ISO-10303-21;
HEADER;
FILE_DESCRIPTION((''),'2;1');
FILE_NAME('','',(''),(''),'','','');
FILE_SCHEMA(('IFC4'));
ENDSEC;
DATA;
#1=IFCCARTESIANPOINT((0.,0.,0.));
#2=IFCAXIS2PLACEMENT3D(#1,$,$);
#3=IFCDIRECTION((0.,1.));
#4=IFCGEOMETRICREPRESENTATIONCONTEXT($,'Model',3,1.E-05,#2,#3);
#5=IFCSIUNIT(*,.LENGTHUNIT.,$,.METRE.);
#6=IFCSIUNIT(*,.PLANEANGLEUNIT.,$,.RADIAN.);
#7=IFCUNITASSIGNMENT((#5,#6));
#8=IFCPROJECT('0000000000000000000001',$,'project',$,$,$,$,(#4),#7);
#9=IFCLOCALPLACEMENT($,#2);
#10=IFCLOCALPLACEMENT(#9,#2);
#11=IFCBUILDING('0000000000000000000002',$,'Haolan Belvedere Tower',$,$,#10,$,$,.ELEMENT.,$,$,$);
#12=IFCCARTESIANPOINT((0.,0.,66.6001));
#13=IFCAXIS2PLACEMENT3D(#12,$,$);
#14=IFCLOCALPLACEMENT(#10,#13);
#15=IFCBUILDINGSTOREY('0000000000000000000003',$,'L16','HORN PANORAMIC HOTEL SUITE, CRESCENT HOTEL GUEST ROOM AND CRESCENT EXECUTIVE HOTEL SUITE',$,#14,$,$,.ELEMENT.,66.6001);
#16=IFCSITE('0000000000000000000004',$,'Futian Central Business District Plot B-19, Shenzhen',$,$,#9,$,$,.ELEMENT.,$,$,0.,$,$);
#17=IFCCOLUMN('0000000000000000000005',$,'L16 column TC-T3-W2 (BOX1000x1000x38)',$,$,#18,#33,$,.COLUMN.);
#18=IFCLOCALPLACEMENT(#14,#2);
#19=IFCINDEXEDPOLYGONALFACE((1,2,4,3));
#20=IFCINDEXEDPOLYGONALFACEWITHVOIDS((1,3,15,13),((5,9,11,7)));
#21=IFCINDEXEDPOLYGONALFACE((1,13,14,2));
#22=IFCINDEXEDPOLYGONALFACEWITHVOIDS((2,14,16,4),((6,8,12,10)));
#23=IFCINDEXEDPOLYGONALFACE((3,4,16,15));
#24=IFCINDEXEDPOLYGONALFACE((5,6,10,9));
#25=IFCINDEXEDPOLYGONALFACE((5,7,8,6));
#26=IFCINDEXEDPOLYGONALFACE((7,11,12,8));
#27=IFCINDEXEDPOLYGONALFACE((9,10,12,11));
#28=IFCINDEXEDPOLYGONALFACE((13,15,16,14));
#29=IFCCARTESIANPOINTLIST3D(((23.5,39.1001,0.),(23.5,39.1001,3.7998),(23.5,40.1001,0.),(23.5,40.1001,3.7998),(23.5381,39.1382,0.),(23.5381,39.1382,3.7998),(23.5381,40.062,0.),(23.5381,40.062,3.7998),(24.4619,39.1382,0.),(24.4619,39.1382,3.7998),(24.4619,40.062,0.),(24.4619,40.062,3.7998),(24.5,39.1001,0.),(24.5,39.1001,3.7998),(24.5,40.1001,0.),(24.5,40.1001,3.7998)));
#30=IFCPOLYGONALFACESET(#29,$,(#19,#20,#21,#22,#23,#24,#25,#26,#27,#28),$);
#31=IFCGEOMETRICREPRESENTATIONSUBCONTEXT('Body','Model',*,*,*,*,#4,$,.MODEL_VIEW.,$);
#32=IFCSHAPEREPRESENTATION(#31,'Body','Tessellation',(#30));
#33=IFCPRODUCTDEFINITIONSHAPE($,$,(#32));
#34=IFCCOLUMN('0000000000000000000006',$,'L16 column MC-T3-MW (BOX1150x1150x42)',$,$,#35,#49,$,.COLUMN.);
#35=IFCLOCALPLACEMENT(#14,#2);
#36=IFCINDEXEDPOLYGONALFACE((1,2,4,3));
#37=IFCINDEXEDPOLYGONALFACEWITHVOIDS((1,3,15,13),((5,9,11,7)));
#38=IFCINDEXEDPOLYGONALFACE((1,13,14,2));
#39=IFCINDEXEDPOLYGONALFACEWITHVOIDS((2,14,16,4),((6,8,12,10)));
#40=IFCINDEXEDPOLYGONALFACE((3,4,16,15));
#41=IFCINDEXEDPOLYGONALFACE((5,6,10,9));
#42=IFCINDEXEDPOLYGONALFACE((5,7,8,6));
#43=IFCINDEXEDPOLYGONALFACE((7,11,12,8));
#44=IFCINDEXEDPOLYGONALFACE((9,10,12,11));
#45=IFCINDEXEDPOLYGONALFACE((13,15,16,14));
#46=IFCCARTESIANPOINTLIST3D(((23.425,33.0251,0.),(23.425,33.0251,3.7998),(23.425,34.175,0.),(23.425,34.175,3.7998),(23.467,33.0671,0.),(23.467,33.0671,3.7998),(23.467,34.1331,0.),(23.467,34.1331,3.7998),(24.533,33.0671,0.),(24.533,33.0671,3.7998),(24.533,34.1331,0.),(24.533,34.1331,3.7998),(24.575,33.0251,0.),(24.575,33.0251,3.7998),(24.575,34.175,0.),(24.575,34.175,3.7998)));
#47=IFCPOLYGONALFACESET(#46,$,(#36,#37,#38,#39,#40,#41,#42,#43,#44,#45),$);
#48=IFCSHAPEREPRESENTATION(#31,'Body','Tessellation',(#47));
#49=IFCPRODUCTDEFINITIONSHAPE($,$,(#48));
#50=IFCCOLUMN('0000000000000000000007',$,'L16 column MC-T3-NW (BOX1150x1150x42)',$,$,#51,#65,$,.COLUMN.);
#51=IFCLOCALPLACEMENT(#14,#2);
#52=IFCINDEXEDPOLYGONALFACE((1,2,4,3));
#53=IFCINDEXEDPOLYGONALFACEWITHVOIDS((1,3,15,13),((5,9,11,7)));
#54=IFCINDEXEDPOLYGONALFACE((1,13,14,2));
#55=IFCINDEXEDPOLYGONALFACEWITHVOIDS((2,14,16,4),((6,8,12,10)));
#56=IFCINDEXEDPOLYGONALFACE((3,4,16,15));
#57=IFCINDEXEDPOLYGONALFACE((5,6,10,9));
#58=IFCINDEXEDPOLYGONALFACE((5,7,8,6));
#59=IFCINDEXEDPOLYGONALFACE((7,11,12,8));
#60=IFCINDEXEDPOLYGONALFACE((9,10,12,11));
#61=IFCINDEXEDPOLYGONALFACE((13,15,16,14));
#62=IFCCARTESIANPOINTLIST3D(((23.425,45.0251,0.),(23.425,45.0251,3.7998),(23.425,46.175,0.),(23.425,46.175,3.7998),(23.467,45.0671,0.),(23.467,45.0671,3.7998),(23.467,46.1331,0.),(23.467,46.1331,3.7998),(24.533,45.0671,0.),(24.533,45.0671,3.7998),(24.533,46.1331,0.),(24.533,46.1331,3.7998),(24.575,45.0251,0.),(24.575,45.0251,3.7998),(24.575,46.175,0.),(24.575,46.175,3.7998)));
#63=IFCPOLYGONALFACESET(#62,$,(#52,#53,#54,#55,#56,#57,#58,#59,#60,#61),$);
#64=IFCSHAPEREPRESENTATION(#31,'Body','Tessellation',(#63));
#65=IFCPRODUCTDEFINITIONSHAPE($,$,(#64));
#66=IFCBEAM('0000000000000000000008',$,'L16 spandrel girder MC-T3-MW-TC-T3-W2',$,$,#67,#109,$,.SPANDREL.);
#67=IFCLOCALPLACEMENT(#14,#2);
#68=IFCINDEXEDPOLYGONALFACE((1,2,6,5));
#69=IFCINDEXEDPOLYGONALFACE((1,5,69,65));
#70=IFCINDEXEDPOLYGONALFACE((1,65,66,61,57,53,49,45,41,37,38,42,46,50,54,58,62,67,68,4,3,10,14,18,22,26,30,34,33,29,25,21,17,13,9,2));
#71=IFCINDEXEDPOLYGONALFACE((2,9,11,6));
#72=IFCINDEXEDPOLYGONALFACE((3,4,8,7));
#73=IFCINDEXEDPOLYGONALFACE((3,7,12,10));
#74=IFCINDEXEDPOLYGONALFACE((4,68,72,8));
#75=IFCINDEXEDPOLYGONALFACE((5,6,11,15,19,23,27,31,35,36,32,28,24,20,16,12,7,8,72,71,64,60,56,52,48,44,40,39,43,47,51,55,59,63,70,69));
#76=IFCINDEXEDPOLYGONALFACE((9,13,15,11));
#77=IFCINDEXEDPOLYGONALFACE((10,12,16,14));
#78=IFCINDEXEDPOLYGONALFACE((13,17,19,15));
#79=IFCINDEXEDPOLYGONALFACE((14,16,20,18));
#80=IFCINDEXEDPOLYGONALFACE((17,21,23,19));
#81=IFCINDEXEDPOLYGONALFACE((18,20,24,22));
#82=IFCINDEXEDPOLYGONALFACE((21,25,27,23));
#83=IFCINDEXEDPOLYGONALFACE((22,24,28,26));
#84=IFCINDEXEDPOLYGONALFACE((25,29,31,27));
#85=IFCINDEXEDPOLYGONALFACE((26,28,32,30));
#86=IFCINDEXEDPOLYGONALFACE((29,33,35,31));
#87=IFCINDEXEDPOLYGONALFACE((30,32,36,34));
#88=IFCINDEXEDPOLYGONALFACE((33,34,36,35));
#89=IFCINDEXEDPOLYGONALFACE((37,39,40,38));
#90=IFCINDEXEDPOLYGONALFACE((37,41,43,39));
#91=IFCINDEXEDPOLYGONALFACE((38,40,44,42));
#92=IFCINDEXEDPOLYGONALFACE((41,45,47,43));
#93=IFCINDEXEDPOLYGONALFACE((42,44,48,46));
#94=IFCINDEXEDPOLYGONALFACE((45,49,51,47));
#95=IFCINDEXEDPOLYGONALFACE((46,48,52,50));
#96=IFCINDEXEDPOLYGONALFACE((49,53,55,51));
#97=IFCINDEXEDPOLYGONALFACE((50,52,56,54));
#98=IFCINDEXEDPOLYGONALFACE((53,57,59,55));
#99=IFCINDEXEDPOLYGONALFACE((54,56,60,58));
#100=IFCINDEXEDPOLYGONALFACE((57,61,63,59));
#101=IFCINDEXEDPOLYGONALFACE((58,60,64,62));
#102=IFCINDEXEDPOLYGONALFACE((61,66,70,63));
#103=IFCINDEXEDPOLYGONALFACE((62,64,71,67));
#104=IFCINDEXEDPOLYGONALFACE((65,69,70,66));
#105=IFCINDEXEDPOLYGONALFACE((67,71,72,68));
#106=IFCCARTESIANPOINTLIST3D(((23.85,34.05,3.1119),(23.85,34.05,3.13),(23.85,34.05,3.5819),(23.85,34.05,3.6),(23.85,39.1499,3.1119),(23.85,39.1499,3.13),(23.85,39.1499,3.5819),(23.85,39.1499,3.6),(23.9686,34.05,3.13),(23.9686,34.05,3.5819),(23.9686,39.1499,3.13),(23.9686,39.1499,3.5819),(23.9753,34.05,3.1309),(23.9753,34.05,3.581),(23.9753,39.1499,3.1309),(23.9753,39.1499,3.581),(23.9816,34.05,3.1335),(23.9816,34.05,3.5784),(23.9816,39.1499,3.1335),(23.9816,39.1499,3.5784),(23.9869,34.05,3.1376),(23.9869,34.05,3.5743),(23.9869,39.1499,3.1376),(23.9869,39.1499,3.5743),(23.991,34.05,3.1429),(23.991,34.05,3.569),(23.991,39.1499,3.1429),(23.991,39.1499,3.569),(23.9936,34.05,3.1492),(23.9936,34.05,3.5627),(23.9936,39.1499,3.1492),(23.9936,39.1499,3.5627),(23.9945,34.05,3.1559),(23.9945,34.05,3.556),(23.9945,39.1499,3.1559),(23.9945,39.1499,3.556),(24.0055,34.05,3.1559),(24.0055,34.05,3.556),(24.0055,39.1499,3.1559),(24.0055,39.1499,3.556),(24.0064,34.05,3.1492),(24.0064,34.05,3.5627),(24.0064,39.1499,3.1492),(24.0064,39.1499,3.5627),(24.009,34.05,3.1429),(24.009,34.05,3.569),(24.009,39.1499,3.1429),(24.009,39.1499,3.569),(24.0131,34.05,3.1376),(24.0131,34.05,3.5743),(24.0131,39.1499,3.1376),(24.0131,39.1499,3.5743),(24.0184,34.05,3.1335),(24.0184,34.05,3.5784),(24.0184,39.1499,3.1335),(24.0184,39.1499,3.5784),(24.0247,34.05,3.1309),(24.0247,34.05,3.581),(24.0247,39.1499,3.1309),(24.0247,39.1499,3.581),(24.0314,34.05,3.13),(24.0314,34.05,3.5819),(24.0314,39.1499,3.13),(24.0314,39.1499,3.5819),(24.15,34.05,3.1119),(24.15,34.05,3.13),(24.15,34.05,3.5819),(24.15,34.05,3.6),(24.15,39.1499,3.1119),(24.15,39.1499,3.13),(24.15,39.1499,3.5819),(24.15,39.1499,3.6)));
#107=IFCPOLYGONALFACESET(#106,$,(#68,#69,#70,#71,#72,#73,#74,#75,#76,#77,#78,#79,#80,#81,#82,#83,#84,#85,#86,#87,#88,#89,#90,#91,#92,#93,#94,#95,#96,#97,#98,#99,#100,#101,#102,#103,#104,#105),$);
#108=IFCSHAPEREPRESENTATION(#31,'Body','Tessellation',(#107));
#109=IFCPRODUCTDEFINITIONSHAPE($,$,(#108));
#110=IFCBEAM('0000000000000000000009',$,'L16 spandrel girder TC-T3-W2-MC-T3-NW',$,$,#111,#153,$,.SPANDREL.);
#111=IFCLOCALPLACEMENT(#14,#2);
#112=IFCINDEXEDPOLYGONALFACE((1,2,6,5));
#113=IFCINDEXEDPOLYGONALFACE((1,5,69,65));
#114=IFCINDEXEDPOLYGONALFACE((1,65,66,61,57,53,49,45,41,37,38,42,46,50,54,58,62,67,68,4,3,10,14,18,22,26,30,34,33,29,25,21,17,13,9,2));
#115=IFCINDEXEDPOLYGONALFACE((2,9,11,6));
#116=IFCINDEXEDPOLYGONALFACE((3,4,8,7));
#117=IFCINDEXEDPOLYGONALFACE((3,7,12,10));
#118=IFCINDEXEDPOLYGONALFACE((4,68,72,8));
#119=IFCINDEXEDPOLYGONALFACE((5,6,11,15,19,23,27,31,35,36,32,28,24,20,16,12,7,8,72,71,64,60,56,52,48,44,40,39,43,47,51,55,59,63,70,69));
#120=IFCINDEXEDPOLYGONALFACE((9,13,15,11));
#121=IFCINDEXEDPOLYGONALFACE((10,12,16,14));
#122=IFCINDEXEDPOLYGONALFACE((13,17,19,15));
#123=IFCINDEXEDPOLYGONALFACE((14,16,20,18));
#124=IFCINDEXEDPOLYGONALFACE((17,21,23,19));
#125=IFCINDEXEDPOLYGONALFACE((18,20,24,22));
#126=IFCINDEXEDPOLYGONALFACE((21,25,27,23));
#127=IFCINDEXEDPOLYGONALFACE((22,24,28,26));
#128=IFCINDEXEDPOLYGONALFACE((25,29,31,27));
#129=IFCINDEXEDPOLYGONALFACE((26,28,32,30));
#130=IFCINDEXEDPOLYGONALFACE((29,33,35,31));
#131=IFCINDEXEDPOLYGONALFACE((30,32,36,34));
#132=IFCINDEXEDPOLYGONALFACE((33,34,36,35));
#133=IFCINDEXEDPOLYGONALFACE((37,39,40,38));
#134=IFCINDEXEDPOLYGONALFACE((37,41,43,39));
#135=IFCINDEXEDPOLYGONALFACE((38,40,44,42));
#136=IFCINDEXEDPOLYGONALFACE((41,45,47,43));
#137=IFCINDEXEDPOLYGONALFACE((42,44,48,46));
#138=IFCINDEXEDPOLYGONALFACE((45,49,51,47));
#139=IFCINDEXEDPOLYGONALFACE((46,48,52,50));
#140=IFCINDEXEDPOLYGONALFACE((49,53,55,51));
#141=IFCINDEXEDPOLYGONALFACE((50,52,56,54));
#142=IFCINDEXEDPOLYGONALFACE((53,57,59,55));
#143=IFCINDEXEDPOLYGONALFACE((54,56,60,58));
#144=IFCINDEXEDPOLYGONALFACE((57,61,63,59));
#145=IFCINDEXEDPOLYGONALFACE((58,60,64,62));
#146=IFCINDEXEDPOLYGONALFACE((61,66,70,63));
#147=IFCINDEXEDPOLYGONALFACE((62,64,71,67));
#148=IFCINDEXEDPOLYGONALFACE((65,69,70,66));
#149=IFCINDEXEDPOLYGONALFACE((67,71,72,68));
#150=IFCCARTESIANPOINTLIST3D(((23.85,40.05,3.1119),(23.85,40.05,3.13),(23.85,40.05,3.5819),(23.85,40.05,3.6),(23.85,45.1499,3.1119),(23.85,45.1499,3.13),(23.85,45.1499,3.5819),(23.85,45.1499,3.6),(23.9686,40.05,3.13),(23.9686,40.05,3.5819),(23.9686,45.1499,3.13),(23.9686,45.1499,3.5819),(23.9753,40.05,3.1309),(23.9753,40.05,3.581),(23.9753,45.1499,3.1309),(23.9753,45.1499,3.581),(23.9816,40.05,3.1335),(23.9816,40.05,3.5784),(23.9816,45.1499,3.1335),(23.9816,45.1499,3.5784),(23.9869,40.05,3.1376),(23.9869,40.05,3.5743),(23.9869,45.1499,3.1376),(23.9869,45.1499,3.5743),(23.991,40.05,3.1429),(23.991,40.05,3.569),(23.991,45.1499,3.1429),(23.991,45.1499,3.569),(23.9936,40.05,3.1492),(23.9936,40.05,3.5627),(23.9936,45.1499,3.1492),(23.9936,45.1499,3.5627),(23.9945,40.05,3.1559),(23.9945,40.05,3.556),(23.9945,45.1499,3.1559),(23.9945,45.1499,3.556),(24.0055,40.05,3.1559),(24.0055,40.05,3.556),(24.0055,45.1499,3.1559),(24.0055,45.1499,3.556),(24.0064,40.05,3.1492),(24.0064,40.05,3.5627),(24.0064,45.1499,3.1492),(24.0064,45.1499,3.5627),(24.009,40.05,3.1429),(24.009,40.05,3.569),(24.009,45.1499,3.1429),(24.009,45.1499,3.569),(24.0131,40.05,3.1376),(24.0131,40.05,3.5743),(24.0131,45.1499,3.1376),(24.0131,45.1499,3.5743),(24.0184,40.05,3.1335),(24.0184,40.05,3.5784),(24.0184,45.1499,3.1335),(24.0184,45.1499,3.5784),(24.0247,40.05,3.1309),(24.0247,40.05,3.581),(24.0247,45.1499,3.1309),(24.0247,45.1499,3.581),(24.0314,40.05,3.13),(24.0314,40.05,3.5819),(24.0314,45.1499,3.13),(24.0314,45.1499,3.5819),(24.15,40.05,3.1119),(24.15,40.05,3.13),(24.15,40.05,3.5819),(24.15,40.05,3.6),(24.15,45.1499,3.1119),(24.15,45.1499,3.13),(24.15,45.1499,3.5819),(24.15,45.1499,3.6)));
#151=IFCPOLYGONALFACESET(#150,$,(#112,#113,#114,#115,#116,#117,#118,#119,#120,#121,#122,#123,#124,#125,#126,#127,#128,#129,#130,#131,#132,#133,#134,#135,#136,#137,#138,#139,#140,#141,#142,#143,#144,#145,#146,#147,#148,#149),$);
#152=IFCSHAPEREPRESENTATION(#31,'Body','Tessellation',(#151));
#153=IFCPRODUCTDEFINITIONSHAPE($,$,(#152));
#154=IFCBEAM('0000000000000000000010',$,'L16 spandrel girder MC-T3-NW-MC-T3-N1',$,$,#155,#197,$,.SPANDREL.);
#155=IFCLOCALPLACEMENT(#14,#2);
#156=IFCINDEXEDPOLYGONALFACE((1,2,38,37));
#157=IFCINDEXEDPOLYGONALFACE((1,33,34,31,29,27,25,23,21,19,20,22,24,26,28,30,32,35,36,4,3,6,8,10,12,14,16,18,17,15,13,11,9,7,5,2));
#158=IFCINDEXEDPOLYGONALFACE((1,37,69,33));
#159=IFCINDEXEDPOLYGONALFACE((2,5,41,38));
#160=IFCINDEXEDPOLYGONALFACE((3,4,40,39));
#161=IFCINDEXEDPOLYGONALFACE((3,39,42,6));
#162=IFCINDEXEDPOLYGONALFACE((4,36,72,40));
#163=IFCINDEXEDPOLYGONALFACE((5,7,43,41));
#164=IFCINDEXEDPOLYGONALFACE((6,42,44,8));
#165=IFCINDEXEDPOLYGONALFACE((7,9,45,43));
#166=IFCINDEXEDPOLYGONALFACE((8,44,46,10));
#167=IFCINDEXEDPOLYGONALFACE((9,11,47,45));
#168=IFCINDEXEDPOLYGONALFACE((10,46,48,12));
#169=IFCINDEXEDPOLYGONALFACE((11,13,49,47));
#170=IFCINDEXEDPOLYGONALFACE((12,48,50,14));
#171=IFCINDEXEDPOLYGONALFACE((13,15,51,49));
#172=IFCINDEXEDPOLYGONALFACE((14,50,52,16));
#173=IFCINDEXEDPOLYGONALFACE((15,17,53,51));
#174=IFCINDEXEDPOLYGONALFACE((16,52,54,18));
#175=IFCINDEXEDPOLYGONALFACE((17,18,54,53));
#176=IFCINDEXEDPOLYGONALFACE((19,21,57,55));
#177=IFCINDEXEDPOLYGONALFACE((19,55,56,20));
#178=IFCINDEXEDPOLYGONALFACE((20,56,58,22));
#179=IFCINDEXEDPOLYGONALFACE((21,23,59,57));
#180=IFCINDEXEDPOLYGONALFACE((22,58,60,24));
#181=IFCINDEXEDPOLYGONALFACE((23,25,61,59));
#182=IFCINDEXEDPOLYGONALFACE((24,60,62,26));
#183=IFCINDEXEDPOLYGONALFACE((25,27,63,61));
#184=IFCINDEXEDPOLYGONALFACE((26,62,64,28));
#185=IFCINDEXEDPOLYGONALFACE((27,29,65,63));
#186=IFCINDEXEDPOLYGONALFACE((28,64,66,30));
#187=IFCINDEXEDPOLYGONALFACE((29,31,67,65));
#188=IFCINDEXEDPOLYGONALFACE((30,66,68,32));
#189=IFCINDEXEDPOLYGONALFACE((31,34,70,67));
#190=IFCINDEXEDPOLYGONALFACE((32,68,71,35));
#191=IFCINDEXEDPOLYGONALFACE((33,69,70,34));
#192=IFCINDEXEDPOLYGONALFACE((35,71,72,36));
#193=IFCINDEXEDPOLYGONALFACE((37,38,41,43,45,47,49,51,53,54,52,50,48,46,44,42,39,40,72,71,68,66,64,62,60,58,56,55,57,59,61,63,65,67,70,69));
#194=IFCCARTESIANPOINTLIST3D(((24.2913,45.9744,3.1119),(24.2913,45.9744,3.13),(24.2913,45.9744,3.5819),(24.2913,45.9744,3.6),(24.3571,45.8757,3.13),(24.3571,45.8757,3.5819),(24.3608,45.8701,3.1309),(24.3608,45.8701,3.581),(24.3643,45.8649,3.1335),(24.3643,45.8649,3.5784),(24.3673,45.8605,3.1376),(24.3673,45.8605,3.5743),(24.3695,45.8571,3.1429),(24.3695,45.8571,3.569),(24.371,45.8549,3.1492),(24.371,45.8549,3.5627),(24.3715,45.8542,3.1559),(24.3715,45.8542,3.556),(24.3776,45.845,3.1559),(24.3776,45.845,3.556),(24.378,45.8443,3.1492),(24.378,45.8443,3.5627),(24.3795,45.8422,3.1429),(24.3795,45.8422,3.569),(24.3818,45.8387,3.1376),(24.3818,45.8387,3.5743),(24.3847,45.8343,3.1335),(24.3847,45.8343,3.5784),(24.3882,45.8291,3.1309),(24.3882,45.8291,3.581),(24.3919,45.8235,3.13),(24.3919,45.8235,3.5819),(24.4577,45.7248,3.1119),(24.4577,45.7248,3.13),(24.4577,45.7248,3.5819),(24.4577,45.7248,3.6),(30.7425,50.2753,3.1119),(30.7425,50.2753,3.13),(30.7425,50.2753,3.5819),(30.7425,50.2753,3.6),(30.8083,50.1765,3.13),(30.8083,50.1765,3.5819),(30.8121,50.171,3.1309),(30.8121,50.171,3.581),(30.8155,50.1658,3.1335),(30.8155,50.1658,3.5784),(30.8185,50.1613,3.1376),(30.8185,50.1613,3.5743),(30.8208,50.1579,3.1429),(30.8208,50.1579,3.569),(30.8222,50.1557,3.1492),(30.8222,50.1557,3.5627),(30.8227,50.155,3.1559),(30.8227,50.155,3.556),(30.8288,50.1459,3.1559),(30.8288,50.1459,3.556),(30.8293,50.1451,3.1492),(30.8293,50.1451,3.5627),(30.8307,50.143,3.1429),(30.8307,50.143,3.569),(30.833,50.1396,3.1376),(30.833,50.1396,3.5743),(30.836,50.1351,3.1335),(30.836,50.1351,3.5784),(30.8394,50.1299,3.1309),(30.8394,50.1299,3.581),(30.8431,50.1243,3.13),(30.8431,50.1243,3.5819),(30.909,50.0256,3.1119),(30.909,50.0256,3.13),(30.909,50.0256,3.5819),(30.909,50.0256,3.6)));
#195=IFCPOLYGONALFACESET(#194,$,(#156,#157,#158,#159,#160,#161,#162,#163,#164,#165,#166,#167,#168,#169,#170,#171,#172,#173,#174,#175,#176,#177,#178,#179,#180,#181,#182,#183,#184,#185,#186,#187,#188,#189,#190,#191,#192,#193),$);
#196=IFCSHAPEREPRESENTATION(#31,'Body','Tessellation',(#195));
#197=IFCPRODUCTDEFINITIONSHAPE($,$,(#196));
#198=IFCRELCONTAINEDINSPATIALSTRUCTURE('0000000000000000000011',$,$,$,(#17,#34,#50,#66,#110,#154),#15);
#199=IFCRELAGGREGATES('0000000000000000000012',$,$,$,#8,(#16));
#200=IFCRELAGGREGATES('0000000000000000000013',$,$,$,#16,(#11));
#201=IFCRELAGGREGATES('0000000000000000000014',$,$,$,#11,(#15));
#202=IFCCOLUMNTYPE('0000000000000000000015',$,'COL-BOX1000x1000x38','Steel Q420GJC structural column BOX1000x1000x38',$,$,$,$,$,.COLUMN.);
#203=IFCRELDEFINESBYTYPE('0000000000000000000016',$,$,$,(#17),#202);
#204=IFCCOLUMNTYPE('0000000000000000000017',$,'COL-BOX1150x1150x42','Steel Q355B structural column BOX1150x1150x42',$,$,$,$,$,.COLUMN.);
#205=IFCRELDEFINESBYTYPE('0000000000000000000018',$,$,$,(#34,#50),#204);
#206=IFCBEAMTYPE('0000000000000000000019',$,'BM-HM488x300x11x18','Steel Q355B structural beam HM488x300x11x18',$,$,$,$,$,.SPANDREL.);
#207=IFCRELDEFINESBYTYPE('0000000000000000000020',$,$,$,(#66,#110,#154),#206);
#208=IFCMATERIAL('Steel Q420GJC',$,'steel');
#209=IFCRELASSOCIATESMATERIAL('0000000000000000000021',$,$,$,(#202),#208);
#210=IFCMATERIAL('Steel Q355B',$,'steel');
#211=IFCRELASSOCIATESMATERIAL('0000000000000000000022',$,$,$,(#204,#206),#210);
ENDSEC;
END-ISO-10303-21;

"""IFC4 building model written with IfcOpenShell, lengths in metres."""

from ifc_helpers import new_model, si_unit, direction, frame, origin, origin_2d, place, context, subcontext, project, spatial, hollow_rectangle, i_section, extrude, material, material_profile, profile_set, type_object, element, save


model = new_model("IFC4")

# Units and contexts
model_context = context("Model", 3, precision=1e-05, world=origin(), true_north=direction((0.0, 1.0)))
body_context = subcontext(model_context, "Body", "Model", "MODEL_VIEW")
ifc_project = project(units=[si_unit("LENGTHUNIT", "METRE"), si_unit("PLANEANGLEUNIT", "RADIAN")], contexts=[model_context])

# Site, building, storey
site_placement = place(None, origin())
site = spatial("IfcSite", under=ifc_project, at=site_placement, Name="Futian Central Business District Plot B-19, Shenzhen", CompositionType="ELEMENT", RefElevation=0.0)
building_placement = place(site_placement, origin())
building = spatial("IfcBuilding", under=site, at=building_placement, Name="Haolan Belvedere Tower", CompositionType="ELEMENT")
storey_placement = place(building_placement, frame((0.0, 0.0, 66.6001)))
storey = spatial("IfcBuildingStorey", under=building, at=storey_placement, Name="L16", Description="HORN PANORAMIC HOTEL SUITE, CRESCENT HOTEL GUEST ROOM AND CRESCENT EXECUTIVE HOTEL SUITE", CompositionType="ELEMENT", Elevation=66.6001)

# Columns
ifc_material_1 = material(Name="Steel Q420GJC", Category="steel")
ifc_material_profile_1 = material_profile(ifc_material_1, hollow_rectangle(XDim=1.0, YDim=1.0, WallThickness=0.0381, at=origin_2d()), Name="Steel Q420GJC")
ifc_profile_set_1 = profile_set([ifc_material_profile_1], Name="Steel Q420GJC")
column_type_1 = type_object("IfcColumnType", Name="COL-BOX1000x1000x38", Description="Steel Q420GJC structural column BOX1000x1000x38", PredefinedType="COLUMN", material=ifc_profile_set_1)
column_placement = place(storey_placement, frame((24.0, 39.6001, 0.0), z_axis=(0.0, 0.0, 1.0), x_axis=(1.0, 0.0, 0.0)))
element("IfcColumn", 1, at=column_placement, inside=storey, type_object=column_type_1, Name="L16 column TC-T3-W2 (BOX1000x1000x38)", PredefinedType="COLUMN", context=body_context, shape_type="SweptSolid", body=[
    extrude(hollow_rectangle(XDim=1.0, YDim=1.0, WallThickness=0.0381, at=origin_2d()), origin(), (0.0, 0.0, 1.0), 3.7998),
])
ifc_material_2 = material(Name="Steel Q355B", Category="steel")
ifc_material_profile_2 = material_profile(ifc_material_2, hollow_rectangle(XDim=1.1499, YDim=1.1499, WallThickness=0.042, at=origin_2d()), Name="Steel Q355B")
ifc_profile_set_2 = profile_set([ifc_material_profile_2], Name="Steel Q355B")
column_type_2 = type_object("IfcColumnType", Name="COL-BOX1150x1150x42", Description="Steel Q355B structural column BOX1150x1150x42", PredefinedType="COLUMN", material=ifc_profile_set_2)
for number, where, z_axis, x_axis, name in (
    (2, (24.0, 33.6001, 0.0), (0.0, 0.0, 1.0), (1.0, 0.0, 0.0), "L16 column MC-T3-MW (BOX1150x1150x42)"),
    (3, (24.0, 45.6001, 0.0), (0.0, 0.0, 1.0), (1.0, 0.0, 0.0), "L16 column MC-T3-NW (BOX1150x1150x42)"),
):
    element("IfcColumn", number, at=place(storey_placement, frame(where, z_axis=z_axis, x_axis=x_axis)), inside=storey, type_object=column_type_2, Name=name, PredefinedType="COLUMN", context=body_context, shape_type="SweptSolid", body=[
        extrude(hollow_rectangle(XDim=1.1499, YDim=1.1499, WallThickness=0.042, at=origin_2d()), origin(), (0.0, 0.0, 1.0), 3.7998),
    ])

# Beams
ifc_material_profile_3 = material_profile(ifc_material_2, i_section(OverallWidth=0.3, OverallDepth=0.488, WebThickness=0.011, FlangeThickness=0.0181, FilletRadius=0.0259, at=origin_2d()), Name="Steel Q355B")
ifc_profile_set_3 = profile_set([ifc_material_profile_3], Name="Steel Q355B")
beam_type_1 = type_object("IfcBeamType", Name="BM-HM488x300x11x18", Description="Steel Q355B structural beam HM488x300x11x18", PredefinedType="SPANDREL", material=ifc_profile_set_3)
for number, where, z_axis, x_axis, name in (
    (4, (24.0, 34.05, 3.356), (0.0, 1.0, 0.0), (-1.0, 0.0, 0.0), "L16 spandrel girder MC-T3-MW-TC-T3-W2"),
    (5, (24.0, 40.05, 3.356), (0.0, 1.0, 0.0), (-1.0, 0.0, 0.0), "L16 spandrel girder TC-T3-W2-MC-T3-NW"),
):
    element("IfcBeam", number, at=place(storey_placement, frame(where, z_axis=z_axis, x_axis=x_axis)), inside=storey, type_object=beam_type_1, Name=name, PredefinedType="SPANDREL", context=body_context, shape_type="SweptSolid", body=[
        extrude(i_section(OverallWidth=0.3, OverallDepth=0.488, WebThickness=0.011, FlangeThickness=0.0181, FilletRadius=0.0259, at=origin_2d()), origin(), (0.0, 0.0, 1.0), 5.0999),
    ])
beam_placement = place(storey_placement, frame((24.3745, 45.8496, 3.356), z_axis=(0.83205, 0.5547, 0.0), x_axis=(-0.5547, 0.83205, 0.0)))
element("IfcBeam", 6, at=beam_placement, inside=storey, type_object=beam_type_1, Name="L16 spandrel girder MC-T3-NW-MC-T3-N1", PredefinedType="SPANDREL", context=body_context, shape_type="SweptSolid", body=[
    extrude(i_section(OverallWidth=0.3, OverallDepth=0.488, WebThickness=0.011, FlangeThickness=0.0181, FilletRadius=0.0259, at=origin_2d()), origin(), (0.0, 0.0, 1.0), 7.7534),
])

save(model, "model.ifc")
